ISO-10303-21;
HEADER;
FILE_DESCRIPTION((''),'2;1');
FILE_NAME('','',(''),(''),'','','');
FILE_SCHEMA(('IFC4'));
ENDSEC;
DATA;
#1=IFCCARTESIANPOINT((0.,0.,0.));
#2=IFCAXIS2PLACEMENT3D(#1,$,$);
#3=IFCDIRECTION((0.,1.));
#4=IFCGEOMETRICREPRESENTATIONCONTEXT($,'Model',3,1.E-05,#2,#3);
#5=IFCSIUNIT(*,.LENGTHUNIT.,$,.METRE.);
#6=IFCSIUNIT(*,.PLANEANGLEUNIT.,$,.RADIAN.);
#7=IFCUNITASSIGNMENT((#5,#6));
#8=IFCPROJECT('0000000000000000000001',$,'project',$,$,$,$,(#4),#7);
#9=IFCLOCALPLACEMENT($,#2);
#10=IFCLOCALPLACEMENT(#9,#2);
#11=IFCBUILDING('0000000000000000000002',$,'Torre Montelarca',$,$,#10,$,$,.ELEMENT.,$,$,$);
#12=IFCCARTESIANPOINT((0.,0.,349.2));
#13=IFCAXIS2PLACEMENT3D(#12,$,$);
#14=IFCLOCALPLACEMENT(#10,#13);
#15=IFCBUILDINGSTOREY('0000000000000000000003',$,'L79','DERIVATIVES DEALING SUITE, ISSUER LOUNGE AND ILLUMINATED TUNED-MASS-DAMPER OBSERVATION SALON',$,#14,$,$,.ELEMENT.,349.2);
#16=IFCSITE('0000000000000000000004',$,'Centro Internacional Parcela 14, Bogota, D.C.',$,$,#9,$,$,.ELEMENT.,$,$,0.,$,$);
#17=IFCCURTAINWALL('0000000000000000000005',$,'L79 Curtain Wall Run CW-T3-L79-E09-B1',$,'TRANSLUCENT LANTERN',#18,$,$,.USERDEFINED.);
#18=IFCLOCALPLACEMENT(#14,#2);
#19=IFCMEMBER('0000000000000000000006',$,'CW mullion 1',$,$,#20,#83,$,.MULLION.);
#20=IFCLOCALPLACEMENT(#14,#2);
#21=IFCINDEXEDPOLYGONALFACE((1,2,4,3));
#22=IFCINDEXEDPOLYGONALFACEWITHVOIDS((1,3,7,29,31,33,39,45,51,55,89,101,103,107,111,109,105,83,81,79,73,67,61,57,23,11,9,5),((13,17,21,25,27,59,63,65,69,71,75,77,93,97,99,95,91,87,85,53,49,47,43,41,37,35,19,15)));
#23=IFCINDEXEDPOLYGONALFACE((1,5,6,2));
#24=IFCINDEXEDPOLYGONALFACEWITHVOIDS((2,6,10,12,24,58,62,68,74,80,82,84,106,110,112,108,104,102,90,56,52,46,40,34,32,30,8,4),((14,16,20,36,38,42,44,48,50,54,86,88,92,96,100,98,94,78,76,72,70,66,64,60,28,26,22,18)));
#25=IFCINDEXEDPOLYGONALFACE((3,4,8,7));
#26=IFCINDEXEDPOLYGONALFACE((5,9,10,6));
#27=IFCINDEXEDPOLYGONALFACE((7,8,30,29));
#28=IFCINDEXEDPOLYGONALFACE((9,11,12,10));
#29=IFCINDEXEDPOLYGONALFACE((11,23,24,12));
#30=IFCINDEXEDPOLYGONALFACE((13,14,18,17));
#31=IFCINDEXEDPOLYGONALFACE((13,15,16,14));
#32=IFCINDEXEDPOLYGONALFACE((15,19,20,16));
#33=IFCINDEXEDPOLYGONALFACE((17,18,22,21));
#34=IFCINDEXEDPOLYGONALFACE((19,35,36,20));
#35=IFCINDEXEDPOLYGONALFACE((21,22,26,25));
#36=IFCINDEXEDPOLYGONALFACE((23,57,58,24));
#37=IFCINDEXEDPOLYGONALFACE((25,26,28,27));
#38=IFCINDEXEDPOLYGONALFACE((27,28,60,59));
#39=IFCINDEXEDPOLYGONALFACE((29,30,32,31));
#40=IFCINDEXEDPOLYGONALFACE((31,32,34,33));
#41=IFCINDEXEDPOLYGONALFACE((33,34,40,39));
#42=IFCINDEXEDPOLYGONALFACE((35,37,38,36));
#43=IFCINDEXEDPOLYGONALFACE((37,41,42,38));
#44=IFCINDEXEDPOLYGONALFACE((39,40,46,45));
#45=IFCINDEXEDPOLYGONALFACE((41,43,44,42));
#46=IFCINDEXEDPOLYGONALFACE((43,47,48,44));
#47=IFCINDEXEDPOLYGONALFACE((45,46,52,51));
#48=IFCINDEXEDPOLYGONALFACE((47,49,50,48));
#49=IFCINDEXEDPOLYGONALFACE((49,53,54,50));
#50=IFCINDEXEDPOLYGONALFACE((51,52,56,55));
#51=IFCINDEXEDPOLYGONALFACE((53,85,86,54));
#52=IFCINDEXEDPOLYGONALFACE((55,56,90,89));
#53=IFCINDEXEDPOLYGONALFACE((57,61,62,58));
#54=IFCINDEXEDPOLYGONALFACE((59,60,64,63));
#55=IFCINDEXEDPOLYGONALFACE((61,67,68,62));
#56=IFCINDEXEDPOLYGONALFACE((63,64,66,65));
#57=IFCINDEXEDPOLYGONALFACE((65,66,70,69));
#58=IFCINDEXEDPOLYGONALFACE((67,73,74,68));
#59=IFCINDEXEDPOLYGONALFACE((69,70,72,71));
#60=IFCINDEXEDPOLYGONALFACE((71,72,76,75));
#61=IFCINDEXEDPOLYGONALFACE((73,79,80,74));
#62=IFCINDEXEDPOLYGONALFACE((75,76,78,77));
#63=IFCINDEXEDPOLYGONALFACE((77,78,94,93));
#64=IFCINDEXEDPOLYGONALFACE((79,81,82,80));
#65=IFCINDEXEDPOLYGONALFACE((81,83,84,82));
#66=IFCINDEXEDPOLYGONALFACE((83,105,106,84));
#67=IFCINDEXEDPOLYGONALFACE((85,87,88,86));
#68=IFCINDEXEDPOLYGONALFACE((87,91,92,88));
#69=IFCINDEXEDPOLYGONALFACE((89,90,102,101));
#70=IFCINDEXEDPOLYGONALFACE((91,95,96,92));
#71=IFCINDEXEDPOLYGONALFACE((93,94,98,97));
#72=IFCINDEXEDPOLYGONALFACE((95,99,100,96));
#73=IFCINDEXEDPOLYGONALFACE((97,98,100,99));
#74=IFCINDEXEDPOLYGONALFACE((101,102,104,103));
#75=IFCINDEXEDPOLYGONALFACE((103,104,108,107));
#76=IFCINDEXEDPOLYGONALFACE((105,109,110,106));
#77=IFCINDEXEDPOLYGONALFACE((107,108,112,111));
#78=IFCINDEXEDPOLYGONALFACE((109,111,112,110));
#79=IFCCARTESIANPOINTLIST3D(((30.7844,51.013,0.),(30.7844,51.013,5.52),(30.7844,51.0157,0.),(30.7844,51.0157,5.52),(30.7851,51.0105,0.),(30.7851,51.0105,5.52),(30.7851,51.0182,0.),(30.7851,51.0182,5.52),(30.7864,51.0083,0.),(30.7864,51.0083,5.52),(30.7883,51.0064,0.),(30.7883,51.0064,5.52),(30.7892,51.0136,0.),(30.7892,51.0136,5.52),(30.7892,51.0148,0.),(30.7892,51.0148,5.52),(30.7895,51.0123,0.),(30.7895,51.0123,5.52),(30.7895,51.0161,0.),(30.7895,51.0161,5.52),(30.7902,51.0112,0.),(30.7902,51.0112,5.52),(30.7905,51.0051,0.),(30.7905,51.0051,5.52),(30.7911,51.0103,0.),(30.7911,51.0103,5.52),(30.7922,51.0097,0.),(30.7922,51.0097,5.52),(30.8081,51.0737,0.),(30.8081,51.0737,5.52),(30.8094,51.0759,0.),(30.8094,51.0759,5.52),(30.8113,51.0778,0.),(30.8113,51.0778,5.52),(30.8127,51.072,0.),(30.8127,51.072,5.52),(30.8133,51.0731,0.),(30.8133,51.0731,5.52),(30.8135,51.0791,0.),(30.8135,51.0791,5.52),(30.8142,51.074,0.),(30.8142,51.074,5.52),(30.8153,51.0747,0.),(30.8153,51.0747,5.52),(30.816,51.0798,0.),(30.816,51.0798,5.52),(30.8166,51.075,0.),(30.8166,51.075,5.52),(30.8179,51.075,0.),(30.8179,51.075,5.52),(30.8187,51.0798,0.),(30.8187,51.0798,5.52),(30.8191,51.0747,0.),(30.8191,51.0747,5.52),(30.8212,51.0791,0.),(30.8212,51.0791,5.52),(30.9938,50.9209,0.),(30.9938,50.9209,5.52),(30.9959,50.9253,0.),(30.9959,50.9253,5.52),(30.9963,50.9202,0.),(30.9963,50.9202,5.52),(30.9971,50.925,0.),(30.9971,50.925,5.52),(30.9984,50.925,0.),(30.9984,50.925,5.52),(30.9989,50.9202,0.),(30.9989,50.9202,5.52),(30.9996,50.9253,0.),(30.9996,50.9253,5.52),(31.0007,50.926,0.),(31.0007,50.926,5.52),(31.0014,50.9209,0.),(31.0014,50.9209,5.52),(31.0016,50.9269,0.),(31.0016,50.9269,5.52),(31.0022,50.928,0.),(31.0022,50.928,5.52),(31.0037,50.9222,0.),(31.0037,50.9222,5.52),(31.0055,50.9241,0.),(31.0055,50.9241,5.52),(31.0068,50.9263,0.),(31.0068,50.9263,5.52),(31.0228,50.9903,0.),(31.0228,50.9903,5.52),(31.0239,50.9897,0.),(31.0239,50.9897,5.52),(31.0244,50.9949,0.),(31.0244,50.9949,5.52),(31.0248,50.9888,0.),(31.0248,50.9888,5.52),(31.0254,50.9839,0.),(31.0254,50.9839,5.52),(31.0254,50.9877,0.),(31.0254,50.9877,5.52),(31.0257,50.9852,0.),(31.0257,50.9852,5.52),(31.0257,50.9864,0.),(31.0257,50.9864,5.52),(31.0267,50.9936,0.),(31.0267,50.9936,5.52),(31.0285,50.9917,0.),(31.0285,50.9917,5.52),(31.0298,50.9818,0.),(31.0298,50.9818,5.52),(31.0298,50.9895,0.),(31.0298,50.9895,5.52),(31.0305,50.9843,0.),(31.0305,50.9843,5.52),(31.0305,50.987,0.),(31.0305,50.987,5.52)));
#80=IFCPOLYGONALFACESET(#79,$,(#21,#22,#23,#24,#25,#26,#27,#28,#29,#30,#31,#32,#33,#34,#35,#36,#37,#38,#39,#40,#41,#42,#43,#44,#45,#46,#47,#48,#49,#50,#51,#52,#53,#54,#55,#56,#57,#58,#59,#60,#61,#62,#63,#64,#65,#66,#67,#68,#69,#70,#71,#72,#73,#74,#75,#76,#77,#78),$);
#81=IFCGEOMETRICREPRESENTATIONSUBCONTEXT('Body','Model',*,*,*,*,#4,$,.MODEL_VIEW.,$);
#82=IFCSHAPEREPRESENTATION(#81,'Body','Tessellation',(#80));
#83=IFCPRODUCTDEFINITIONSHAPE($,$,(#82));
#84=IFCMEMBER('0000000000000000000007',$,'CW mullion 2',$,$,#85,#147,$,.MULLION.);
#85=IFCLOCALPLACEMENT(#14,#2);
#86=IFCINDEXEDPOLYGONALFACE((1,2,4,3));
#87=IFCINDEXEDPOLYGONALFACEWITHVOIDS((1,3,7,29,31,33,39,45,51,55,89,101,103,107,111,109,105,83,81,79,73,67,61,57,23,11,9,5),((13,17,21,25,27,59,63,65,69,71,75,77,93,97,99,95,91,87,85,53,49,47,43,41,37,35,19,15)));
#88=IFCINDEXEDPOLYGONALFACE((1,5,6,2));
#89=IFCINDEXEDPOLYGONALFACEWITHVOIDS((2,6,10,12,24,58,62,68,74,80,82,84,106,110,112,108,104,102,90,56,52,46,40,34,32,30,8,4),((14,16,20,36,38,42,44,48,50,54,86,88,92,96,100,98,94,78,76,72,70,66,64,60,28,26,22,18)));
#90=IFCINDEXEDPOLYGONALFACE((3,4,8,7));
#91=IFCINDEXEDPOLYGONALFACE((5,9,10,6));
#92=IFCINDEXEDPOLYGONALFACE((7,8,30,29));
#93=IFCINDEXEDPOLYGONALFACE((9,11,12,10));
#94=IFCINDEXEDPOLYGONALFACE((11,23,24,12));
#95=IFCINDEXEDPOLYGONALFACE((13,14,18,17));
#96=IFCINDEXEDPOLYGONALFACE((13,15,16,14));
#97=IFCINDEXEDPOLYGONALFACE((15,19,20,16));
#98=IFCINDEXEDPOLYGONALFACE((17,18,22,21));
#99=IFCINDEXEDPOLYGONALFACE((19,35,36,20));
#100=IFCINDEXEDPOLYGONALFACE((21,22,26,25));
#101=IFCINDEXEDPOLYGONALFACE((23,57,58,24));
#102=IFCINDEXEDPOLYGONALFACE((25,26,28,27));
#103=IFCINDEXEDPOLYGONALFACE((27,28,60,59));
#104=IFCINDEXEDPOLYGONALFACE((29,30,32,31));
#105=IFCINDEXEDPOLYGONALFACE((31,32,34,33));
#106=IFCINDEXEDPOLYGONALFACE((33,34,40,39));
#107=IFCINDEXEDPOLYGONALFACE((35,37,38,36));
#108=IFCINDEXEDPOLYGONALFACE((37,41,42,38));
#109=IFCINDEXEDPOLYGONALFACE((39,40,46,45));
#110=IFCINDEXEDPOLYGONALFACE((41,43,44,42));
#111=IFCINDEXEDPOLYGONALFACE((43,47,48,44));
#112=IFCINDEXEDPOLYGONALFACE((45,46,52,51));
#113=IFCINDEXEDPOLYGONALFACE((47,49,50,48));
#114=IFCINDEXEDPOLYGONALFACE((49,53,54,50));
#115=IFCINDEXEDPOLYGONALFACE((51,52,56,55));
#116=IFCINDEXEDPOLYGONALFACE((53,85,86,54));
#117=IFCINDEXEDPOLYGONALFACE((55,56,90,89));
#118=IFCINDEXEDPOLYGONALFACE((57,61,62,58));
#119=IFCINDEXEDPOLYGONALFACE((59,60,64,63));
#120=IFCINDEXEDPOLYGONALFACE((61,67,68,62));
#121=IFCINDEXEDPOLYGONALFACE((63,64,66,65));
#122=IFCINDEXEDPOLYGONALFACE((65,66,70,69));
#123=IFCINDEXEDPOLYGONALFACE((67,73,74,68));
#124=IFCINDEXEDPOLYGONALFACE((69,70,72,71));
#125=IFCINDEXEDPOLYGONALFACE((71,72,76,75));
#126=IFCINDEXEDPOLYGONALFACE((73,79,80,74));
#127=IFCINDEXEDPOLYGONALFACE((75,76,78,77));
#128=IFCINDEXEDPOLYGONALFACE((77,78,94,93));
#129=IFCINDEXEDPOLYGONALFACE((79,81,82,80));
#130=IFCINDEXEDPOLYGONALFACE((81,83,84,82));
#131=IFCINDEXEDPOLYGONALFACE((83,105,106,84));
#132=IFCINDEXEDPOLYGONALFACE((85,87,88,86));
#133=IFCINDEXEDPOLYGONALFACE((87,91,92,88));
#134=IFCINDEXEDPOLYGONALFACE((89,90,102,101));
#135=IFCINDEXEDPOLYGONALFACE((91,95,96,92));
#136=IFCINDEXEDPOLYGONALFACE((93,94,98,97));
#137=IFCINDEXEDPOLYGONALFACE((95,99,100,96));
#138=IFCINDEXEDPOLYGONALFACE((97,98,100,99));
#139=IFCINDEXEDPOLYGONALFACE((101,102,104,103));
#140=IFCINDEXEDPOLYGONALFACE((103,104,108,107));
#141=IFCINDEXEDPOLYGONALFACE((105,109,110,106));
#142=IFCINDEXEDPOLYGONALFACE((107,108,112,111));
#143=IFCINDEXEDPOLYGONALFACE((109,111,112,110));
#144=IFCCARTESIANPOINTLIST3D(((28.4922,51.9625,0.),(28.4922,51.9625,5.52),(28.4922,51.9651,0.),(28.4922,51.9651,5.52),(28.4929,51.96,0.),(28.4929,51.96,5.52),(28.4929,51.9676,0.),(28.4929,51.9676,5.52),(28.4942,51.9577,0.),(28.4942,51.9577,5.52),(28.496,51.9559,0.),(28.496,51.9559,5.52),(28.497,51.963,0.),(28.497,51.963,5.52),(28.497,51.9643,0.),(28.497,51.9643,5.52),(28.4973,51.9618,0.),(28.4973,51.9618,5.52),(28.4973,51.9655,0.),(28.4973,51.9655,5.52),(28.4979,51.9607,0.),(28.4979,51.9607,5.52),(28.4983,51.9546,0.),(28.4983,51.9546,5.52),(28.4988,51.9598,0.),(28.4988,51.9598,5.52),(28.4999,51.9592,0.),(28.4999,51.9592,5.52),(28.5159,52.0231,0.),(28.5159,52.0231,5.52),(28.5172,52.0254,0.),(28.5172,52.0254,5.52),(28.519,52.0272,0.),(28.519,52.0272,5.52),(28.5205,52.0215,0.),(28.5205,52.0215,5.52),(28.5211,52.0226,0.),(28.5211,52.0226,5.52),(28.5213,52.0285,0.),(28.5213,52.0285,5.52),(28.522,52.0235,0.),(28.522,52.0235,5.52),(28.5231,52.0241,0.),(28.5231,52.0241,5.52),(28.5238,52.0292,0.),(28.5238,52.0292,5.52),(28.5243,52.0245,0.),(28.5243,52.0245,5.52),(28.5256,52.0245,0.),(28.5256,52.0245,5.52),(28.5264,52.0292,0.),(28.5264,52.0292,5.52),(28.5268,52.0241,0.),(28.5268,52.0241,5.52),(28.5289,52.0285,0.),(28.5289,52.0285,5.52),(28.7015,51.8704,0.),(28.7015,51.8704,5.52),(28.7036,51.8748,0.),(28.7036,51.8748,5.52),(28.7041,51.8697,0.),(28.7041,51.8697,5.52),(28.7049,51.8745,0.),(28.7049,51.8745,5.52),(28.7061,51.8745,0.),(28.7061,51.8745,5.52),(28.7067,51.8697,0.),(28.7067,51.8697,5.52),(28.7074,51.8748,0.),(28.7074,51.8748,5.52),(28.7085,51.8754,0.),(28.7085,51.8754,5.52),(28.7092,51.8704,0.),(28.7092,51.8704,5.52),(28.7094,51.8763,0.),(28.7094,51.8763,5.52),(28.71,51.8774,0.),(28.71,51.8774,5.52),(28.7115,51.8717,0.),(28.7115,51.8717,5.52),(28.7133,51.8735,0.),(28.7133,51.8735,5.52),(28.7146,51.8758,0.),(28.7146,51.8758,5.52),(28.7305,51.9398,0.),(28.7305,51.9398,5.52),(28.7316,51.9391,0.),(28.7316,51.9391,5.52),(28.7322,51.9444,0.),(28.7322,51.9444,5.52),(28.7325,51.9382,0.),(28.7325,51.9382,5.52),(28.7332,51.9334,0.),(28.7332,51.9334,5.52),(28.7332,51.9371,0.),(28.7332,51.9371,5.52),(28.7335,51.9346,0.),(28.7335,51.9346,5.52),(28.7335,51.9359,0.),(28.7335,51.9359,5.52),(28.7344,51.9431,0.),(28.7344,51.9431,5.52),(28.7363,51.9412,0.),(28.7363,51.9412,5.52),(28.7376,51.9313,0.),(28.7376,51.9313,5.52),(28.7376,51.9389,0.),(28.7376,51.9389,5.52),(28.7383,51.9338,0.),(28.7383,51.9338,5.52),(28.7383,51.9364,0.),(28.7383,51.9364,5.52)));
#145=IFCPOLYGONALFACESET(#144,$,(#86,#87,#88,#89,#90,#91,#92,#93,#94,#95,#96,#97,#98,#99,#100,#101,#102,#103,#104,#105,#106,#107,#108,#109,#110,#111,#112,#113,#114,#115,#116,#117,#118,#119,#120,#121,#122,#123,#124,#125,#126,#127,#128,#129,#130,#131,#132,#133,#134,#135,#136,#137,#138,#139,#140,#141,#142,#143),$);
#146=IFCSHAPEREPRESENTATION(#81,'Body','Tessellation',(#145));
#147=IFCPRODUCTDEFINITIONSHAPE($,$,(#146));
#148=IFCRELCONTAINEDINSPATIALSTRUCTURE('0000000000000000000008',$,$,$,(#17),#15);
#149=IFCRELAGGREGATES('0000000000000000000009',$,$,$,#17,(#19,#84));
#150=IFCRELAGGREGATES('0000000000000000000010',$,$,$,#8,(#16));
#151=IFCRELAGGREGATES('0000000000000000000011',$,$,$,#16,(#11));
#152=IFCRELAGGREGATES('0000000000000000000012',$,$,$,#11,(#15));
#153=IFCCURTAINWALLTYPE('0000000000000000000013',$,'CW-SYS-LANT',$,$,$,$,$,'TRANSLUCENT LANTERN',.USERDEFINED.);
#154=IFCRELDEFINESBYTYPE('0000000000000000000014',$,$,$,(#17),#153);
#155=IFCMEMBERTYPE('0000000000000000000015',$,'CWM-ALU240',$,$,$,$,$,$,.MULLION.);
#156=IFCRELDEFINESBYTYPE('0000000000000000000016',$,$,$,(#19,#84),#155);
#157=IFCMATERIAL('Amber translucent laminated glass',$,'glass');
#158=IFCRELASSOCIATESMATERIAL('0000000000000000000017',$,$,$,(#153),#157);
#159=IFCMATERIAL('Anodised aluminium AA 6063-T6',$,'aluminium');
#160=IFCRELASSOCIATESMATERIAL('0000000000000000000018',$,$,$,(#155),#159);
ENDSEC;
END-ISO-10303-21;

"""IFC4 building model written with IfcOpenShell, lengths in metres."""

from ifc_helpers import new_model, si_unit, direction, frame, origin, origin_2d, place, context, subcontext, project, spatial, hollow_rectangle, extrude, source, transform, mapped, material, material_profile, profile_set, type_object, element, aggregate, save


model = new_model("IFC4")

# Units and contexts
model_context = context("Model", 3, precision=1e-05, world=origin(), true_north=direction((0.0, 1.0)))
body_context = subcontext(model_context, "Body", "Model", "MODEL_VIEW")
ifc_project = project(units=[si_unit("LENGTHUNIT", "METRE"), si_unit("PLANEANGLEUNIT", "RADIAN")], contexts=[model_context])

# Site, building, storey
site_placement = place(None, origin())
site = spatial("IfcSite", under=ifc_project, at=site_placement, Name="Centro Internacional Parcela 14, Bogota, D.C.", CompositionType="ELEMENT", RefElevation=0.0)
building_placement = place(site_placement, origin())
building = spatial("IfcBuilding", under=site, at=building_placement, Name="Torre Montelarca", CompositionType="ELEMENT")
storey_placement = place(building_placement, frame((0.0, 0.0, 349.2)))
storey = spatial("IfcBuildingStorey", under=building, at=storey_placement, Name="L79", Description="DERIVATIVES DEALING SUITE, ISSUER LOUNGE AND ILLUMINATED TUNED-MASS-DAMPER OBSERVATION SALON", CompositionType="ELEMENT", Elevation=349.2)

# Curtain wall, members
ifc_material_1 = material(Name="Amber translucent laminated glass", Category="glass")
curtain_wall_type = type_object("IfcCurtainWallType", Name="CW-SYS-LANT", ElementType="TRANSLUCENT LANTERN", PredefinedType="USERDEFINED", material=ifc_material_1)
curtain_wall_placement = place(storey_placement, origin())
curtain_wall = element("IfcCurtainWall", 1, at=curtain_wall_placement, inside=storey, type_object=curtain_wall_type, Name="L79 Curtain Wall Run CW-T3-L79-E09-B1", ObjectType="TRANSLUCENT LANTERN", PredefinedType="USERDEFINED")
ifc_material_2 = material(Name="Anodised aluminium AA 6063-T6", Category="aluminium")
ifc_material_profile_1 = material_profile(ifc_material_2, hollow_rectangle(XDim=0.0801, YDim=0.24, WallThickness=0.0049, InnerFilletRadius=0.0049, OuterFilletRadius=0.01, at=origin_2d()), Name="ALU80X240X5", Category="aluminium")
ifc_profile_set_1 = profile_set([ifc_material_profile_1], Name="Anodised aluminium AA 6063-T6")
member_type_1 = type_object("IfcMemberType", Name="CWM-ALU240", PredefinedType="MULLION", material=ifc_profile_set_1)
shared_shape_1 = source(origin(), body_context, "Body", "SweptSolid", [
    extrude(hollow_rectangle(XDim=0.0801, YDim=0.24, WallThickness=0.0049, InnerFilletRadius=0.0049, OuterFilletRadius=0.01, at=origin_2d()), origin(), (0.0, 0.0, 1.0), 5.52),
])
member_1_placement = place(storey_placement, frame((30.9075, 51.0, 0.0), z_axis=(0.0, 0.0, 1.0), x_axis=(-0.382671, -0.923885, 0.0)))
member_1 = element("IfcMember", 2, at=member_1_placement, type_object=member_type_1, Name="CW mullion 1", PredefinedType="MULLION", context=body_context, shape_type="MappedRepresentation", body=[
    mapped(shared_shape_1, transform((0.0, 0.0, 0.0), scale=1.0)),
])
member_2_placement = place(storey_placement, frame((28.6152, 51.9495, 0.0), z_axis=(0.0, 0.0, 1.0), x_axis=(-0.382671, -0.923885, 0.0)))
member_2 = element("IfcMember", 3, at=member_2_placement, type_object=member_type_1, Name="CW mullion 2", PredefinedType="MULLION", context=body_context, shape_type="MappedRepresentation", body=[
    mapped(shared_shape_1, transform((0.0, 0.0, 0.0), scale=1.0)),
])
aggregate(curtain_wall, [member_1, member_2])

save(model, "model.ifc")
